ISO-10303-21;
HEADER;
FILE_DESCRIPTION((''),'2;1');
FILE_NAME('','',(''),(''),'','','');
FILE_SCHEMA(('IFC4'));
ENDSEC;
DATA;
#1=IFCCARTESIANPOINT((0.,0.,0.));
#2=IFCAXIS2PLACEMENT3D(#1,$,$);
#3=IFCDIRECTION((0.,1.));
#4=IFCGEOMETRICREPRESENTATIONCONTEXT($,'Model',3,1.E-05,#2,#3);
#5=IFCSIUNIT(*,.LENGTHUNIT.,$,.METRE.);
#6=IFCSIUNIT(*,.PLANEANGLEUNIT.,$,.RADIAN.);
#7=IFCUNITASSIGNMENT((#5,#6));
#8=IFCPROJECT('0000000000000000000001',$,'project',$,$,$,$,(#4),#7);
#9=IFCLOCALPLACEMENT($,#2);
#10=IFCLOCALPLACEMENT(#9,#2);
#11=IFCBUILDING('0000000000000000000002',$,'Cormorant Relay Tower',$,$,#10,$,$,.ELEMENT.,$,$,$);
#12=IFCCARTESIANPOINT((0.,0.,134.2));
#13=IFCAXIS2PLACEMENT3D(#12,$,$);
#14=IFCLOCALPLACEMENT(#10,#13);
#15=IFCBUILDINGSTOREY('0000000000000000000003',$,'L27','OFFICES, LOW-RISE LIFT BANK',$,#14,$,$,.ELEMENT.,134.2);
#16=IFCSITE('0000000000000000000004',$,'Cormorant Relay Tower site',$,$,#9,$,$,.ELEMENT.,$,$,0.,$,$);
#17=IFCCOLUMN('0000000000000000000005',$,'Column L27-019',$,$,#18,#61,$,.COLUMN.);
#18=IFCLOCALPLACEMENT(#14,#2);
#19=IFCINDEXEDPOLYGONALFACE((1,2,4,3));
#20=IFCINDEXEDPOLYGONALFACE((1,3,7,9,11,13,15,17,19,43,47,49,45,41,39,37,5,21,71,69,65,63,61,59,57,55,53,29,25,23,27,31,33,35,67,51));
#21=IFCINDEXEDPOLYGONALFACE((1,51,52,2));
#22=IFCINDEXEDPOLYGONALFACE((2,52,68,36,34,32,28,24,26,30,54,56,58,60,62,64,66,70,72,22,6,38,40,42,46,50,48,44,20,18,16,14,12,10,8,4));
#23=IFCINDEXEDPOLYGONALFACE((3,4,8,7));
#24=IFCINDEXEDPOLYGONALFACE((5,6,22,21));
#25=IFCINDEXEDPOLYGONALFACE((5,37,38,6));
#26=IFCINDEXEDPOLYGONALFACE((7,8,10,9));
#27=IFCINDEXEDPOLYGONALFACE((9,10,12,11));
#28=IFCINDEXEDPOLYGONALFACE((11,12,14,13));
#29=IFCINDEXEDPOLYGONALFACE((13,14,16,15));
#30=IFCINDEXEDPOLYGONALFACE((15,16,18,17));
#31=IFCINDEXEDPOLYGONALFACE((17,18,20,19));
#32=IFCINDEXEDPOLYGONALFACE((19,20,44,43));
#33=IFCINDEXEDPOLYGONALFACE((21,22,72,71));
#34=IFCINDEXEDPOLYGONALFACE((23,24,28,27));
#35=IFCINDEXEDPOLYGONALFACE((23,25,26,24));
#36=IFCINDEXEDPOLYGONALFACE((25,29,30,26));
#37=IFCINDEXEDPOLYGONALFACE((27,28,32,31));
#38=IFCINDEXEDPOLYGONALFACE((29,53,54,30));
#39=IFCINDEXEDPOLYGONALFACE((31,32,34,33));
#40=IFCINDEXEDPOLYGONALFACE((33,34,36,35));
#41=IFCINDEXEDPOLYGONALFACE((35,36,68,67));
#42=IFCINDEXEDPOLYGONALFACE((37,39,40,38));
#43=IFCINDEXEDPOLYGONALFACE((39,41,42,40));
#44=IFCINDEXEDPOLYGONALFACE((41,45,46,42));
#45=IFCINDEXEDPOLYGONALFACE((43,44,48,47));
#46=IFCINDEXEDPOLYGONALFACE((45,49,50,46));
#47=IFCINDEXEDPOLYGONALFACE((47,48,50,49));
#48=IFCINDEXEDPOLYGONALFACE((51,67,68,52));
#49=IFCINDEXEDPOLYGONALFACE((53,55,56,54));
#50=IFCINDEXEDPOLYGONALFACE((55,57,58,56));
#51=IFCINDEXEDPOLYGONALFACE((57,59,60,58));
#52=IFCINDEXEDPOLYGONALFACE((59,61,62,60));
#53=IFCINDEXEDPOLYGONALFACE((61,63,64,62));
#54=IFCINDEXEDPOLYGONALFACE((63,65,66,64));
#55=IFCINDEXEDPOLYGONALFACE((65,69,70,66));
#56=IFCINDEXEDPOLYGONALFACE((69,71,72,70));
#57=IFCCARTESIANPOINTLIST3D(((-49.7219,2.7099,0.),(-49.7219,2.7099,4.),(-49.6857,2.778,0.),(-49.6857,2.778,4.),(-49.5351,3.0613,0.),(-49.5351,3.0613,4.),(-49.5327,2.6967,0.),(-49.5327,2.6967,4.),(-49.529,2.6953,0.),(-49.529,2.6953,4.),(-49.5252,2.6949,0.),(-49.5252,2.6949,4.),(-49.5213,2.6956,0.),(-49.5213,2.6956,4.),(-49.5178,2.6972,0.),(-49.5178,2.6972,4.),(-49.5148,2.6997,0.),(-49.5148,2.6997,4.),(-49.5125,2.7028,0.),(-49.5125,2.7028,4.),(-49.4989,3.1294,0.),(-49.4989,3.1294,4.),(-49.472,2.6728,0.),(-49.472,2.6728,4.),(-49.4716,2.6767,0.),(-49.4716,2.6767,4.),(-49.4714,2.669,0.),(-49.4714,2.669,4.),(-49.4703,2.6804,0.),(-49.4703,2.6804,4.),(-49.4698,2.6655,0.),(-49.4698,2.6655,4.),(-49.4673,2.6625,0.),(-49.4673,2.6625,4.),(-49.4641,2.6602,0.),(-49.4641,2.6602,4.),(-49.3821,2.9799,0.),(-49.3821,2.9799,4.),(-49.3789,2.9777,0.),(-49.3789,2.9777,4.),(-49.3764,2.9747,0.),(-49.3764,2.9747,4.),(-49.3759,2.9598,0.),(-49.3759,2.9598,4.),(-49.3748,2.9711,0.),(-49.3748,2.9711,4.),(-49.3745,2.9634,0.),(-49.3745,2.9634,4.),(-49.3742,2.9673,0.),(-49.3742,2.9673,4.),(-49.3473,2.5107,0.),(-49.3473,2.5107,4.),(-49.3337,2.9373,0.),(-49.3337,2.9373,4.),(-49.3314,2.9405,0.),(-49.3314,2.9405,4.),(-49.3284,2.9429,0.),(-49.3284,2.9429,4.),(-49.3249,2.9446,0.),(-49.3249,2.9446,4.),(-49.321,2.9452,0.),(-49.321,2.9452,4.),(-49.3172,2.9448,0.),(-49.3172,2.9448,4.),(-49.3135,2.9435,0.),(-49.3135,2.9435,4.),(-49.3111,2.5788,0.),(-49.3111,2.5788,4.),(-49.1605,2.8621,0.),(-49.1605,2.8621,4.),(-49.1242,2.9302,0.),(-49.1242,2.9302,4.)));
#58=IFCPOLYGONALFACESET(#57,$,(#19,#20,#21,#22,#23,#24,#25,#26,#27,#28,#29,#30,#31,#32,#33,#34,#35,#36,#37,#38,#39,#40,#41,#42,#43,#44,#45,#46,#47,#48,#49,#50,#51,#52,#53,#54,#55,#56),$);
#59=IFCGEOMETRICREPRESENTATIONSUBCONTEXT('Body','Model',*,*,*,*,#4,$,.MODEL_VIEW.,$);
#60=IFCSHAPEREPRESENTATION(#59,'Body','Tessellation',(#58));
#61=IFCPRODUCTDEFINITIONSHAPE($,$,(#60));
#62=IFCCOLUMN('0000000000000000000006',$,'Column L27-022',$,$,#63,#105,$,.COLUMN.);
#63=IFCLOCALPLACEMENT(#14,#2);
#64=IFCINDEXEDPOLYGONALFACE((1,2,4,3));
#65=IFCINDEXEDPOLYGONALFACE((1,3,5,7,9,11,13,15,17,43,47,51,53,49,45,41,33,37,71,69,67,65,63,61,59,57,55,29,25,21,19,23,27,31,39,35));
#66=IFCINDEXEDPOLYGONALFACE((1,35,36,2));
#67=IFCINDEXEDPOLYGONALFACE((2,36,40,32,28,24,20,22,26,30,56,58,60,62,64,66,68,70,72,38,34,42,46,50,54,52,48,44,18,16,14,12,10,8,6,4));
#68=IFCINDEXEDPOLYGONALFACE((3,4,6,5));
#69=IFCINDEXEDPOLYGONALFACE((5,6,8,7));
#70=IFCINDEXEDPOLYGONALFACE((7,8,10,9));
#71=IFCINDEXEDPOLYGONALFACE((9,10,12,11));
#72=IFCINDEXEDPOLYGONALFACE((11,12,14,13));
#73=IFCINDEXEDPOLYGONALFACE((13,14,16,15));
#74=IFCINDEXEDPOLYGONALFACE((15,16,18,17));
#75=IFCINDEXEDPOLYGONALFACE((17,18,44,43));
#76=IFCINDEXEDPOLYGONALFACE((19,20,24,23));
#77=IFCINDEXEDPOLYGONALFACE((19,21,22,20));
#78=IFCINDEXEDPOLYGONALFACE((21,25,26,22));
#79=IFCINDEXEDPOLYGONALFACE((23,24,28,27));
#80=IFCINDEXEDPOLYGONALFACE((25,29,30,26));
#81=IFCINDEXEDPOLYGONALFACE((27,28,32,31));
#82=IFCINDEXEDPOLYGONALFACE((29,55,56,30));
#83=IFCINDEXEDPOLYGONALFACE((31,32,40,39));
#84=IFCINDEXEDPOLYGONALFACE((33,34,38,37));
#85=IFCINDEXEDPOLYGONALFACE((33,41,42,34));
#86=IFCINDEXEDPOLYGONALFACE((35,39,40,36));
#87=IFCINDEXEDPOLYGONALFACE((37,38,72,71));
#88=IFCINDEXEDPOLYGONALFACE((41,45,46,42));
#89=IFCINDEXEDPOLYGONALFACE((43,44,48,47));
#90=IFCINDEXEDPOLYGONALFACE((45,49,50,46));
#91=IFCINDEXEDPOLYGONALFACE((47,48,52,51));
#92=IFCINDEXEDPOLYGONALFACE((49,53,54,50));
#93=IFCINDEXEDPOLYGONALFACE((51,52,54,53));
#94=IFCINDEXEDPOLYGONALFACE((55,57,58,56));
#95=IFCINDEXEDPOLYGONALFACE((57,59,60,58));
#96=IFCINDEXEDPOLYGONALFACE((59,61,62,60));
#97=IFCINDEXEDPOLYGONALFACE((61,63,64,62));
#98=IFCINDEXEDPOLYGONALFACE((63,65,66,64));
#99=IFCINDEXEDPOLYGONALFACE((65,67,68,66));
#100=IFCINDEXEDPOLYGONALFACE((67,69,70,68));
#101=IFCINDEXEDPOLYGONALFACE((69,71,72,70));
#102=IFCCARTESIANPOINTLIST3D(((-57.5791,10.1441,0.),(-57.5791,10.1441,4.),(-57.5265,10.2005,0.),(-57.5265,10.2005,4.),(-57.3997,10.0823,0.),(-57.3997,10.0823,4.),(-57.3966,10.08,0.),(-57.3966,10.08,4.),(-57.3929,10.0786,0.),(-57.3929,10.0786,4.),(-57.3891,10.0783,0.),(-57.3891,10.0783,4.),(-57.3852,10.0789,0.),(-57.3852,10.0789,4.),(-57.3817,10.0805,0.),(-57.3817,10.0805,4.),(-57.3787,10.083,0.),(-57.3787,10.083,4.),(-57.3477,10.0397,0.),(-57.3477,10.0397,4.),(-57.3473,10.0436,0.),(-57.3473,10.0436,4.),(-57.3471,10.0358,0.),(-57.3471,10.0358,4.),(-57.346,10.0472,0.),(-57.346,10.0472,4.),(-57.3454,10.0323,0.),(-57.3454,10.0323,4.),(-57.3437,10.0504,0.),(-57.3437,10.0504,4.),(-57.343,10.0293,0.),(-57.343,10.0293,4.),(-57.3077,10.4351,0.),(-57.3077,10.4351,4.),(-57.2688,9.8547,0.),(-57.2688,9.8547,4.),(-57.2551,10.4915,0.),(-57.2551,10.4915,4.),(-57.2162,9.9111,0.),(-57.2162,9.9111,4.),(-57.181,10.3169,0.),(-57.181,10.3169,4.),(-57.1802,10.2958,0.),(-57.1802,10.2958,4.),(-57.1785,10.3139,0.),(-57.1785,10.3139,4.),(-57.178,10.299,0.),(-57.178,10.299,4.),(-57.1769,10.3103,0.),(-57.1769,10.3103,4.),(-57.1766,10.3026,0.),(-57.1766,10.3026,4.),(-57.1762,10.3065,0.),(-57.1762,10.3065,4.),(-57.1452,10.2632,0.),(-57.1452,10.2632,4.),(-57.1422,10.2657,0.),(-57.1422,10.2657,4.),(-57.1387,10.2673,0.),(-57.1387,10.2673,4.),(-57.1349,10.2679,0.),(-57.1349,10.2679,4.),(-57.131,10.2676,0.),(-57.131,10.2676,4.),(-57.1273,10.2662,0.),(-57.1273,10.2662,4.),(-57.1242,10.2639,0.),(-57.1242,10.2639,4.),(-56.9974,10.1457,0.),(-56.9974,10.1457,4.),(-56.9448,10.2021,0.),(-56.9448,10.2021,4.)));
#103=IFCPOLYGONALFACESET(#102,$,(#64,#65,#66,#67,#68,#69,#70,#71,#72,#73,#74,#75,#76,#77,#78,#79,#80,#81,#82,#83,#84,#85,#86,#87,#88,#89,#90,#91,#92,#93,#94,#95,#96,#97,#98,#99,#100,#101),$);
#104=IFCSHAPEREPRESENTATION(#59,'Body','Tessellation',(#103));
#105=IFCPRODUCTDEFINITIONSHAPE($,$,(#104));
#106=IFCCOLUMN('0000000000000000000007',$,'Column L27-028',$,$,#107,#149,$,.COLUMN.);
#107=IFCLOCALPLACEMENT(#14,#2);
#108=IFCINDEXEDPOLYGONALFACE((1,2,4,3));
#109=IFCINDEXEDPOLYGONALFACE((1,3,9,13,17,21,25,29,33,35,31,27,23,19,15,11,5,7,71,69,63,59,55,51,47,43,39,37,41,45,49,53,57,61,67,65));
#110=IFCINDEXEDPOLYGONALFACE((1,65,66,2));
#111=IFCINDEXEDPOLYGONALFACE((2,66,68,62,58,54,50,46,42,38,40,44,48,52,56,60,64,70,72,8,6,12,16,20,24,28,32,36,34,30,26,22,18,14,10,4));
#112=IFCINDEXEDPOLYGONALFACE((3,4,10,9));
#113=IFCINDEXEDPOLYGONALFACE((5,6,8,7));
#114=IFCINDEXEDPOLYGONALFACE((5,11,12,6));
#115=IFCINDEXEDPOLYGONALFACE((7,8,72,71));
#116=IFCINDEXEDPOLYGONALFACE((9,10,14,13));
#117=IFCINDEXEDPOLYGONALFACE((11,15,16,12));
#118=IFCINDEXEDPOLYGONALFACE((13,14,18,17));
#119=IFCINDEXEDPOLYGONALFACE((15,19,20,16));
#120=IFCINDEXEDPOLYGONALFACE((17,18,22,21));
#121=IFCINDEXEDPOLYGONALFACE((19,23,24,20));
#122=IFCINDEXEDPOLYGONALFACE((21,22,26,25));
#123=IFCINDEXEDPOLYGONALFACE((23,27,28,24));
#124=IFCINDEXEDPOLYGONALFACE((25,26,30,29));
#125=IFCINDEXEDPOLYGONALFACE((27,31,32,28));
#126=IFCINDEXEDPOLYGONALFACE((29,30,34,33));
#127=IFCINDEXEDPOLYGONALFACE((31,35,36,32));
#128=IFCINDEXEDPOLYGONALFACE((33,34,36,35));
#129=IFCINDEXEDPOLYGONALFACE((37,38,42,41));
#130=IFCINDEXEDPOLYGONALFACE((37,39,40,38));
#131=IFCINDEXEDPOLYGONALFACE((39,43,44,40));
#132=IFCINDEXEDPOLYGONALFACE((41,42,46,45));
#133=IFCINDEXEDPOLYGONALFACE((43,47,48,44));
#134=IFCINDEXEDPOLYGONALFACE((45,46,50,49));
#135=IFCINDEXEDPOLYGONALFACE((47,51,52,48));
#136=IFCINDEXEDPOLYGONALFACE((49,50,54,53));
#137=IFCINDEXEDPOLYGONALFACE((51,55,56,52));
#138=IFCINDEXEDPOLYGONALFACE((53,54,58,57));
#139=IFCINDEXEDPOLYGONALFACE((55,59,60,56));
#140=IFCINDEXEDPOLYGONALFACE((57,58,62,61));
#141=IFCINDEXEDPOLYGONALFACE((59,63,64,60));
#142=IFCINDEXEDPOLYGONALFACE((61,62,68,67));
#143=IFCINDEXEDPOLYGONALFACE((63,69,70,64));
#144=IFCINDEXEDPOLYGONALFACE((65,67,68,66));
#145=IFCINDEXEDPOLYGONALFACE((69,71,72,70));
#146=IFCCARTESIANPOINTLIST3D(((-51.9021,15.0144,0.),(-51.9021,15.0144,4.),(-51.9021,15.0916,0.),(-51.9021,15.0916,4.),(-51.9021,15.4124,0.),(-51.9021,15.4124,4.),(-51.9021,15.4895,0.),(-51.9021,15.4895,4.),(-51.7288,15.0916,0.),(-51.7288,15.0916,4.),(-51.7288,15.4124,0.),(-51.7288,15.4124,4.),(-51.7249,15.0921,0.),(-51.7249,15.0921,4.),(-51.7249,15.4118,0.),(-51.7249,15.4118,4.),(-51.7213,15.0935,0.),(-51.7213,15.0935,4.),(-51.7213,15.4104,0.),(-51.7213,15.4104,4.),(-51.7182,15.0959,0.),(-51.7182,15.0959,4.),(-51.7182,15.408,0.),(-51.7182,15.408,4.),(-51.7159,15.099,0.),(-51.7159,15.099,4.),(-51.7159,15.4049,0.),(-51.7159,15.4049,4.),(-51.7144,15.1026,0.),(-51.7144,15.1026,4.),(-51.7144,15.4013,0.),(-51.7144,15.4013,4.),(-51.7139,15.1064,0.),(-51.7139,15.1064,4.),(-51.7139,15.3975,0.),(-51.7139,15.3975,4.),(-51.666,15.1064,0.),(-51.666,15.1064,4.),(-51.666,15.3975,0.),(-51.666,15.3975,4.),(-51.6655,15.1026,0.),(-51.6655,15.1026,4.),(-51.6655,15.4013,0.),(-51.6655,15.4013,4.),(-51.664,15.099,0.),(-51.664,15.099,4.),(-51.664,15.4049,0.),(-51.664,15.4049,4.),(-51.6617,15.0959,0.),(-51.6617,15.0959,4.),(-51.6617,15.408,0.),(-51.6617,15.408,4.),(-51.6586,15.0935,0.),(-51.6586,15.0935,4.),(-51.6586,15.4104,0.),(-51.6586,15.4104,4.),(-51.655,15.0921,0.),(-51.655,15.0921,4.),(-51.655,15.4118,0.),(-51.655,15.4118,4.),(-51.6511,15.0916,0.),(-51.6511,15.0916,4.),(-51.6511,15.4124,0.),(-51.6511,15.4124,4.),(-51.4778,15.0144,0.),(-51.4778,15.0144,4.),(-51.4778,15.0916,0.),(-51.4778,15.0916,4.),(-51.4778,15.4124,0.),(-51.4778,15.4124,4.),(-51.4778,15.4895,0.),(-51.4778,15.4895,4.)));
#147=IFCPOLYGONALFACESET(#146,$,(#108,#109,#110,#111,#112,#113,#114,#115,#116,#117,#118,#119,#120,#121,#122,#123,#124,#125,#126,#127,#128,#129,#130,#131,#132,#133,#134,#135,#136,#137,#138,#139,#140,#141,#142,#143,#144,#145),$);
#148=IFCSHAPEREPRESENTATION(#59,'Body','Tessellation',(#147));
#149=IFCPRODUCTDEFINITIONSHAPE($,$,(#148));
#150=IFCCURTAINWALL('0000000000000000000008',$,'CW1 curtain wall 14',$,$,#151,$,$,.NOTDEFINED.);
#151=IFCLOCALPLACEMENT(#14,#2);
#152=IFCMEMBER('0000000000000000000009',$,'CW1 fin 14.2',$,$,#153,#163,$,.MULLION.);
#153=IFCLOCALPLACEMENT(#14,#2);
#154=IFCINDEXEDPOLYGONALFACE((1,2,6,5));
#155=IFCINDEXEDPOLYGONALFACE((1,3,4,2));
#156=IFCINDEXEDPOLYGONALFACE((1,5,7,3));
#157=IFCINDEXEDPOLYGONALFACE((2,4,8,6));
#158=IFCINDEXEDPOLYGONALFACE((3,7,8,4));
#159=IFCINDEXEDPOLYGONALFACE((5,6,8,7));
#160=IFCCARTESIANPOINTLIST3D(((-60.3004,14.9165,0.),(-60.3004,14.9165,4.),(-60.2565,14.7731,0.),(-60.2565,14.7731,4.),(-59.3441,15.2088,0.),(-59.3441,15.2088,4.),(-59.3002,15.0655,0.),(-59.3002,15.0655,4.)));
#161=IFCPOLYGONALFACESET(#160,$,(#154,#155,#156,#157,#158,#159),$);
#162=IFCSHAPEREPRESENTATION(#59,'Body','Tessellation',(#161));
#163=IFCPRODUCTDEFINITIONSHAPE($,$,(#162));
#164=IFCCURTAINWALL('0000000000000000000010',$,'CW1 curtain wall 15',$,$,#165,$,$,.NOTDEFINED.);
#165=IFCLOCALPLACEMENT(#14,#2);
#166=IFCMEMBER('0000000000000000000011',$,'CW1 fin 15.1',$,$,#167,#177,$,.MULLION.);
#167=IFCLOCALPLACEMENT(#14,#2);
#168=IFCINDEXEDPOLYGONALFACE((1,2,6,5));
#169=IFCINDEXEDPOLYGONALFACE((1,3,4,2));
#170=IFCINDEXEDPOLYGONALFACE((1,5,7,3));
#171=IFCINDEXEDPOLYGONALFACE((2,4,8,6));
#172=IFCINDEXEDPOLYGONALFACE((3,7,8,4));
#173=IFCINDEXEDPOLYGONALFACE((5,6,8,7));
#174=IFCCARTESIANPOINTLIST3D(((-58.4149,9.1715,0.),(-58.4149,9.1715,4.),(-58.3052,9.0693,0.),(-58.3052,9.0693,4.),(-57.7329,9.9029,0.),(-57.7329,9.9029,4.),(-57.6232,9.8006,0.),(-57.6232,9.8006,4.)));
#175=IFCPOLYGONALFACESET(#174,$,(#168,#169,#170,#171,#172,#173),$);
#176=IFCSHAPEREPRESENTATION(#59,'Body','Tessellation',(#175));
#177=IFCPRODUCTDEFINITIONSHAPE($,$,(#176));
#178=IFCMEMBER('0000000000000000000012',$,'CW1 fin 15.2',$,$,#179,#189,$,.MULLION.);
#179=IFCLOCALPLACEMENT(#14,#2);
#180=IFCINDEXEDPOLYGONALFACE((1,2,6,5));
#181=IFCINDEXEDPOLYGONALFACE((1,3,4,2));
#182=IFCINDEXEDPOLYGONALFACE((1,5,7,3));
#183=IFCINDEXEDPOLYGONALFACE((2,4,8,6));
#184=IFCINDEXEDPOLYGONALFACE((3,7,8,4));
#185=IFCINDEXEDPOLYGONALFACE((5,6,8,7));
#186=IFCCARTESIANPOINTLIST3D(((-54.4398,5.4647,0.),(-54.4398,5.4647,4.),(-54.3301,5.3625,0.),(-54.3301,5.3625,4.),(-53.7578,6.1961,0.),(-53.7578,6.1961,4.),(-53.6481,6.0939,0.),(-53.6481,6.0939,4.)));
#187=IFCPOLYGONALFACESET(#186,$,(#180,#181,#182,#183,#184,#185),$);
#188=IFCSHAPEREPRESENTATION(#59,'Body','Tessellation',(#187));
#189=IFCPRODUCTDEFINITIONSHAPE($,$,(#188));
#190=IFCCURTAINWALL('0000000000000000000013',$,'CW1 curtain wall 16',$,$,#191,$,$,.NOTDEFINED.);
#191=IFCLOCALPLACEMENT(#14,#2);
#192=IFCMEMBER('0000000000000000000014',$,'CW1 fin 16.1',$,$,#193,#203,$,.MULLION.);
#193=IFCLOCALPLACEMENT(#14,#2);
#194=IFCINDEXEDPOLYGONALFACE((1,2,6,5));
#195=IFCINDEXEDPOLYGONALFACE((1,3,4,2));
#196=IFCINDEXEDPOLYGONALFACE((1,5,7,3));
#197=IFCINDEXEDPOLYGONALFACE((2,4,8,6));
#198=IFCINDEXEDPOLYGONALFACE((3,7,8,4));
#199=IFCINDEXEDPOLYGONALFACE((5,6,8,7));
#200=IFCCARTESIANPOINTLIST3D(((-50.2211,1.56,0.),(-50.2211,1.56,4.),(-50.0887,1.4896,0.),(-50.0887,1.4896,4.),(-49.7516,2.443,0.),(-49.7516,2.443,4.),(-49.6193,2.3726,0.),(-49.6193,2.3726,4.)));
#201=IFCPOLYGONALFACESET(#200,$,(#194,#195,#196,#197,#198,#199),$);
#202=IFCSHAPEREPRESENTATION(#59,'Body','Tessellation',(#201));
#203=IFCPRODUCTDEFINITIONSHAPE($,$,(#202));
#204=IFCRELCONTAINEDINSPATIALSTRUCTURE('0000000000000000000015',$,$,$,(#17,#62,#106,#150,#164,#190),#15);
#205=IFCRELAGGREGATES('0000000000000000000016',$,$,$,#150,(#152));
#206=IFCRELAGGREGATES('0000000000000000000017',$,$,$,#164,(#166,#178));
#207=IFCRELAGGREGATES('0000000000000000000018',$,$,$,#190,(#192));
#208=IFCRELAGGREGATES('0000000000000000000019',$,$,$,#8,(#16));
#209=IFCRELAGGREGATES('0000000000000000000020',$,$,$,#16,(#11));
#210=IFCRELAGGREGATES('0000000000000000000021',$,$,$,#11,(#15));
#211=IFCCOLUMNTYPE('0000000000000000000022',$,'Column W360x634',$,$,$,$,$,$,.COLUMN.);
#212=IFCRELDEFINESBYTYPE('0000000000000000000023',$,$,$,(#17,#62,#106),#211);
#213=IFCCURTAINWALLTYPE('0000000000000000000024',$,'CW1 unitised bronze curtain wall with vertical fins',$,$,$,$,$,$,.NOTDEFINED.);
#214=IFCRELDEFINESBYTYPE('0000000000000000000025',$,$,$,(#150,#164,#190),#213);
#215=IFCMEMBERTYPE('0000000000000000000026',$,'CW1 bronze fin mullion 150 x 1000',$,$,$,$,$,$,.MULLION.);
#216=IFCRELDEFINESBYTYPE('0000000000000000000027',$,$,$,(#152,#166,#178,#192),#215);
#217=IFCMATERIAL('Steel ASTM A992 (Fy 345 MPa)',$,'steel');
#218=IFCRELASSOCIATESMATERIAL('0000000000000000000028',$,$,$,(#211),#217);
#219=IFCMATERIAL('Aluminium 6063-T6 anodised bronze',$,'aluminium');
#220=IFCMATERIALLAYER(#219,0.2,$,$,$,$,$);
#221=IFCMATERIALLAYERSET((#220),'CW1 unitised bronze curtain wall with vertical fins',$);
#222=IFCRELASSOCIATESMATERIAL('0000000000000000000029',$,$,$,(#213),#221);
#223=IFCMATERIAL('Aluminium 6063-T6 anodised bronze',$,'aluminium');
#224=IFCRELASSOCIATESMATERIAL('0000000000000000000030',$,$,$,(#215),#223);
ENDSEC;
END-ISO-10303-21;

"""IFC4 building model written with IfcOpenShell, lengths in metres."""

from ifc_helpers import new_model, si_unit, direction, frame, origin, origin_2d, place, context, subcontext, project, spatial, rectangle, i_section, extrude, material, layer, layer_set, material_profile, profile_set, type_object, element, aggregate, save


model = new_model("IFC4")

# Units and contexts
model_context = context("Model", 3, precision=1e-05, world=origin(), true_north=direction((0.0, 1.0)))
body_context = subcontext(model_context, "Body", "Model", "MODEL_VIEW")
ifc_project = project(units=[si_unit("LENGTHUNIT", "METRE"), si_unit("PLANEANGLEUNIT", "RADIAN")], contexts=[model_context])

# Site, building, storey
site_placement = place(None, origin())
site = spatial("IfcSite", under=ifc_project, at=site_placement, Name="Cormorant Relay Tower site", CompositionType="ELEMENT", RefElevation=0.0)
building_placement = place(site_placement, origin())
building = spatial("IfcBuilding", under=site, at=building_placement, Name="Cormorant Relay Tower", CompositionType="ELEMENT")
storey_placement = place(building_placement, frame((0.0, 0.0, 134.2)))
storey = spatial("IfcBuildingStorey", under=building, at=storey_placement, Name="L27", Description="OFFICES, LOW-RISE LIFT BANK", CompositionType="ELEMENT", Elevation=134.2)

# Columns
ifc_material_1 = material(Name="Steel ASTM A992 (Fy 345 MPa)", Category="steel")
ifc_material_profile_1 = material_profile(ifc_material_1, i_section(OverallWidth=0.4243, OverallDepth=0.4751, WebThickness=0.0479, FlangeThickness=0.0771, FilletRadius=0.0149, at=origin_2d()), Name="W360x634")
ifc_profile_set_1 = profile_set([ifc_material_profile_1], Name="Steel ASTM A992 (Fy 345 MPa)")
column_type = type_object("IfcColumnType", Name="Column W360x634", PredefinedType="COLUMN", material=ifc_profile_set_1)
for number, where, z_axis, x_axis, name in (
    (1, (-49.4231, 2.8201, 0.0), (0.0, 0.0, 1.0), (0.882948, -0.469472, 0.0), "Column L27-019"),
    (2, (-57.262, 10.1731, 0.0), (0.0, 0.0, 1.0), (0.731354, -0.681998, 0.0), "Column L27-022"),
    (3, (-51.6899, 15.252, 0.0), (0.0, 0.0, 1.0), (1.0, 0.0, 0.0), "Column L27-028"),
):
    element("IfcColumn", number, at=place(storey_placement, frame(where, z_axis=z_axis, x_axis=x_axis)), inside=storey, type_object=column_type, Name=name, PredefinedType="COLUMN", context=body_context, shape_type="SweptSolid", body=[
        extrude(i_section(OverallWidth=0.4243, OverallDepth=0.4751, WebThickness=0.0479, FlangeThickness=0.0771, FilletRadius=0.0149, at=origin_2d()), origin(), (0.0, 0.0, 1.0), 4.0),
    ])

# Curtain wall, member
ifc_material_2 = material(Name="Aluminium 6063-T6 anodised bronze", Category="aluminium")
ifc_layer_1 = layer(ifc_material_2, 0.2)
ifc_layer_set_1 = layer_set([ifc_layer_1], Name="CW1 unitised bronze curtain wall with vertical fins")
curtain_wall_type = type_object("IfcCurtainWallType", Name="CW1 unitised bronze curtain wall with vertical fins", PredefinedType="NOTDEFINED", material=ifc_layer_set_1)
curtain_wall_1_placement = place(storey_placement, origin())
curtain_wall_1 = element("IfcCurtainWall", 4, at=curtain_wall_1_placement, inside=storey, type_object=curtain_wall_type, Name="CW1 curtain wall 14", PredefinedType="NOTDEFINED")
ifc_material_3 = material(Name="Aluminium 6063-T6 anodised bronze", Category="aluminium")
ifc_material_profile_2 = material_profile(ifc_material_3, rectangle(XDim=0.1499, YDim=1.0, at=origin_2d()), Name="AL 150x1000")
ifc_profile_set_2 = profile_set([ifc_material_profile_2], Name="Aluminium 6063-T6 anodised bronze")
member_type_1 = type_object("IfcMemberType", Name="CW1 bronze fin mullion 150 x 1000", PredefinedType="MULLION", material=ifc_profile_set_2)
member_1_placement = place(storey_placement, frame((-59.8003, 14.991, 0.0), z_axis=(0.0, 0.0, 1.0), x_axis=(0.292372, -0.956305, 0.0)))
member_1 = element("IfcMember", 5, at=member_1_placement, type_object=member_type_1, Name="CW1 fin 14.2", PredefinedType="MULLION", context=body_context, shape_type="SweptSolid", body=[
    extrude(rectangle(XDim=0.1499, YDim=1.0, at=origin_2d()), origin(), (0.0, 0.0, 1.0), 4.0),
])

# Curtain wall, members
curtain_wall_2_placement = place(storey_placement, origin())
curtain_wall_2 = element("IfcCurtainWall", 6, at=curtain_wall_2_placement, inside=storey, type_object=curtain_wall_type, Name="CW1 curtain wall 15", PredefinedType="NOTDEFINED")
member_2_placement = place(storey_placement, frame((-58.019, 9.4861, 0.0), z_axis=(0.0, 0.0, 1.0), x_axis=(0.731354, -0.681998, 0.0)))
member_2 = element("IfcMember", 7, at=member_2_placement, type_object=member_type_1, Name="CW1 fin 15.1", PredefinedType="MULLION", context=body_context, shape_type="SweptSolid", body=[
    extrude(rectangle(XDim=0.1499, YDim=1.0, at=origin_2d()), origin(), (0.0, 0.0, 1.0), 4.0),
])
member_3_placement = place(storey_placement, frame((-54.0439, 5.7793, 0.0), z_axis=(0.0, 0.0, 1.0), x_axis=(0.731354, -0.681998, 0.0)))
member_3 = element("IfcMember", 8, at=member_3_placement, type_object=member_type_1, Name="CW1 fin 15.2", PredefinedType="MULLION", context=body_context, shape_type="SweptSolid", body=[
    extrude(rectangle(XDim=0.1499, YDim=1.0, at=origin_2d()), origin(), (0.0, 0.0, 1.0), 4.0),
])

# Curtain wall, member
curtain_wall_3_placement = place(storey_placement, origin())
curtain_wall_3 = element("IfcCurtainWall", 9, at=curtain_wall_3_placement, inside=storey, type_object=curtain_wall_type, Name="CW1 curtain wall 16", PredefinedType="NOTDEFINED")
member_4_placement = place(storey_placement, frame((-49.9202, 1.9663, 0.0), z_axis=(0.0, 0.0, 1.0), x_axis=(0.882948, -0.469472, 0.0)))
member_4 = element("IfcMember", 10, at=member_4_placement, type_object=member_type_1, Name="CW1 fin 16.1", PredefinedType="MULLION", context=body_context, shape_type="SweptSolid", body=[
    extrude(rectangle(XDim=0.1499, YDim=1.0, at=origin_2d()), origin(), (0.0, 0.0, 1.0), 4.0),
])

aggregate(curtain_wall_1, [member_1])
aggregate(curtain_wall_2, [member_2, member_3])
aggregate(curtain_wall_3, [member_4])

save(model, "model.ifc")
